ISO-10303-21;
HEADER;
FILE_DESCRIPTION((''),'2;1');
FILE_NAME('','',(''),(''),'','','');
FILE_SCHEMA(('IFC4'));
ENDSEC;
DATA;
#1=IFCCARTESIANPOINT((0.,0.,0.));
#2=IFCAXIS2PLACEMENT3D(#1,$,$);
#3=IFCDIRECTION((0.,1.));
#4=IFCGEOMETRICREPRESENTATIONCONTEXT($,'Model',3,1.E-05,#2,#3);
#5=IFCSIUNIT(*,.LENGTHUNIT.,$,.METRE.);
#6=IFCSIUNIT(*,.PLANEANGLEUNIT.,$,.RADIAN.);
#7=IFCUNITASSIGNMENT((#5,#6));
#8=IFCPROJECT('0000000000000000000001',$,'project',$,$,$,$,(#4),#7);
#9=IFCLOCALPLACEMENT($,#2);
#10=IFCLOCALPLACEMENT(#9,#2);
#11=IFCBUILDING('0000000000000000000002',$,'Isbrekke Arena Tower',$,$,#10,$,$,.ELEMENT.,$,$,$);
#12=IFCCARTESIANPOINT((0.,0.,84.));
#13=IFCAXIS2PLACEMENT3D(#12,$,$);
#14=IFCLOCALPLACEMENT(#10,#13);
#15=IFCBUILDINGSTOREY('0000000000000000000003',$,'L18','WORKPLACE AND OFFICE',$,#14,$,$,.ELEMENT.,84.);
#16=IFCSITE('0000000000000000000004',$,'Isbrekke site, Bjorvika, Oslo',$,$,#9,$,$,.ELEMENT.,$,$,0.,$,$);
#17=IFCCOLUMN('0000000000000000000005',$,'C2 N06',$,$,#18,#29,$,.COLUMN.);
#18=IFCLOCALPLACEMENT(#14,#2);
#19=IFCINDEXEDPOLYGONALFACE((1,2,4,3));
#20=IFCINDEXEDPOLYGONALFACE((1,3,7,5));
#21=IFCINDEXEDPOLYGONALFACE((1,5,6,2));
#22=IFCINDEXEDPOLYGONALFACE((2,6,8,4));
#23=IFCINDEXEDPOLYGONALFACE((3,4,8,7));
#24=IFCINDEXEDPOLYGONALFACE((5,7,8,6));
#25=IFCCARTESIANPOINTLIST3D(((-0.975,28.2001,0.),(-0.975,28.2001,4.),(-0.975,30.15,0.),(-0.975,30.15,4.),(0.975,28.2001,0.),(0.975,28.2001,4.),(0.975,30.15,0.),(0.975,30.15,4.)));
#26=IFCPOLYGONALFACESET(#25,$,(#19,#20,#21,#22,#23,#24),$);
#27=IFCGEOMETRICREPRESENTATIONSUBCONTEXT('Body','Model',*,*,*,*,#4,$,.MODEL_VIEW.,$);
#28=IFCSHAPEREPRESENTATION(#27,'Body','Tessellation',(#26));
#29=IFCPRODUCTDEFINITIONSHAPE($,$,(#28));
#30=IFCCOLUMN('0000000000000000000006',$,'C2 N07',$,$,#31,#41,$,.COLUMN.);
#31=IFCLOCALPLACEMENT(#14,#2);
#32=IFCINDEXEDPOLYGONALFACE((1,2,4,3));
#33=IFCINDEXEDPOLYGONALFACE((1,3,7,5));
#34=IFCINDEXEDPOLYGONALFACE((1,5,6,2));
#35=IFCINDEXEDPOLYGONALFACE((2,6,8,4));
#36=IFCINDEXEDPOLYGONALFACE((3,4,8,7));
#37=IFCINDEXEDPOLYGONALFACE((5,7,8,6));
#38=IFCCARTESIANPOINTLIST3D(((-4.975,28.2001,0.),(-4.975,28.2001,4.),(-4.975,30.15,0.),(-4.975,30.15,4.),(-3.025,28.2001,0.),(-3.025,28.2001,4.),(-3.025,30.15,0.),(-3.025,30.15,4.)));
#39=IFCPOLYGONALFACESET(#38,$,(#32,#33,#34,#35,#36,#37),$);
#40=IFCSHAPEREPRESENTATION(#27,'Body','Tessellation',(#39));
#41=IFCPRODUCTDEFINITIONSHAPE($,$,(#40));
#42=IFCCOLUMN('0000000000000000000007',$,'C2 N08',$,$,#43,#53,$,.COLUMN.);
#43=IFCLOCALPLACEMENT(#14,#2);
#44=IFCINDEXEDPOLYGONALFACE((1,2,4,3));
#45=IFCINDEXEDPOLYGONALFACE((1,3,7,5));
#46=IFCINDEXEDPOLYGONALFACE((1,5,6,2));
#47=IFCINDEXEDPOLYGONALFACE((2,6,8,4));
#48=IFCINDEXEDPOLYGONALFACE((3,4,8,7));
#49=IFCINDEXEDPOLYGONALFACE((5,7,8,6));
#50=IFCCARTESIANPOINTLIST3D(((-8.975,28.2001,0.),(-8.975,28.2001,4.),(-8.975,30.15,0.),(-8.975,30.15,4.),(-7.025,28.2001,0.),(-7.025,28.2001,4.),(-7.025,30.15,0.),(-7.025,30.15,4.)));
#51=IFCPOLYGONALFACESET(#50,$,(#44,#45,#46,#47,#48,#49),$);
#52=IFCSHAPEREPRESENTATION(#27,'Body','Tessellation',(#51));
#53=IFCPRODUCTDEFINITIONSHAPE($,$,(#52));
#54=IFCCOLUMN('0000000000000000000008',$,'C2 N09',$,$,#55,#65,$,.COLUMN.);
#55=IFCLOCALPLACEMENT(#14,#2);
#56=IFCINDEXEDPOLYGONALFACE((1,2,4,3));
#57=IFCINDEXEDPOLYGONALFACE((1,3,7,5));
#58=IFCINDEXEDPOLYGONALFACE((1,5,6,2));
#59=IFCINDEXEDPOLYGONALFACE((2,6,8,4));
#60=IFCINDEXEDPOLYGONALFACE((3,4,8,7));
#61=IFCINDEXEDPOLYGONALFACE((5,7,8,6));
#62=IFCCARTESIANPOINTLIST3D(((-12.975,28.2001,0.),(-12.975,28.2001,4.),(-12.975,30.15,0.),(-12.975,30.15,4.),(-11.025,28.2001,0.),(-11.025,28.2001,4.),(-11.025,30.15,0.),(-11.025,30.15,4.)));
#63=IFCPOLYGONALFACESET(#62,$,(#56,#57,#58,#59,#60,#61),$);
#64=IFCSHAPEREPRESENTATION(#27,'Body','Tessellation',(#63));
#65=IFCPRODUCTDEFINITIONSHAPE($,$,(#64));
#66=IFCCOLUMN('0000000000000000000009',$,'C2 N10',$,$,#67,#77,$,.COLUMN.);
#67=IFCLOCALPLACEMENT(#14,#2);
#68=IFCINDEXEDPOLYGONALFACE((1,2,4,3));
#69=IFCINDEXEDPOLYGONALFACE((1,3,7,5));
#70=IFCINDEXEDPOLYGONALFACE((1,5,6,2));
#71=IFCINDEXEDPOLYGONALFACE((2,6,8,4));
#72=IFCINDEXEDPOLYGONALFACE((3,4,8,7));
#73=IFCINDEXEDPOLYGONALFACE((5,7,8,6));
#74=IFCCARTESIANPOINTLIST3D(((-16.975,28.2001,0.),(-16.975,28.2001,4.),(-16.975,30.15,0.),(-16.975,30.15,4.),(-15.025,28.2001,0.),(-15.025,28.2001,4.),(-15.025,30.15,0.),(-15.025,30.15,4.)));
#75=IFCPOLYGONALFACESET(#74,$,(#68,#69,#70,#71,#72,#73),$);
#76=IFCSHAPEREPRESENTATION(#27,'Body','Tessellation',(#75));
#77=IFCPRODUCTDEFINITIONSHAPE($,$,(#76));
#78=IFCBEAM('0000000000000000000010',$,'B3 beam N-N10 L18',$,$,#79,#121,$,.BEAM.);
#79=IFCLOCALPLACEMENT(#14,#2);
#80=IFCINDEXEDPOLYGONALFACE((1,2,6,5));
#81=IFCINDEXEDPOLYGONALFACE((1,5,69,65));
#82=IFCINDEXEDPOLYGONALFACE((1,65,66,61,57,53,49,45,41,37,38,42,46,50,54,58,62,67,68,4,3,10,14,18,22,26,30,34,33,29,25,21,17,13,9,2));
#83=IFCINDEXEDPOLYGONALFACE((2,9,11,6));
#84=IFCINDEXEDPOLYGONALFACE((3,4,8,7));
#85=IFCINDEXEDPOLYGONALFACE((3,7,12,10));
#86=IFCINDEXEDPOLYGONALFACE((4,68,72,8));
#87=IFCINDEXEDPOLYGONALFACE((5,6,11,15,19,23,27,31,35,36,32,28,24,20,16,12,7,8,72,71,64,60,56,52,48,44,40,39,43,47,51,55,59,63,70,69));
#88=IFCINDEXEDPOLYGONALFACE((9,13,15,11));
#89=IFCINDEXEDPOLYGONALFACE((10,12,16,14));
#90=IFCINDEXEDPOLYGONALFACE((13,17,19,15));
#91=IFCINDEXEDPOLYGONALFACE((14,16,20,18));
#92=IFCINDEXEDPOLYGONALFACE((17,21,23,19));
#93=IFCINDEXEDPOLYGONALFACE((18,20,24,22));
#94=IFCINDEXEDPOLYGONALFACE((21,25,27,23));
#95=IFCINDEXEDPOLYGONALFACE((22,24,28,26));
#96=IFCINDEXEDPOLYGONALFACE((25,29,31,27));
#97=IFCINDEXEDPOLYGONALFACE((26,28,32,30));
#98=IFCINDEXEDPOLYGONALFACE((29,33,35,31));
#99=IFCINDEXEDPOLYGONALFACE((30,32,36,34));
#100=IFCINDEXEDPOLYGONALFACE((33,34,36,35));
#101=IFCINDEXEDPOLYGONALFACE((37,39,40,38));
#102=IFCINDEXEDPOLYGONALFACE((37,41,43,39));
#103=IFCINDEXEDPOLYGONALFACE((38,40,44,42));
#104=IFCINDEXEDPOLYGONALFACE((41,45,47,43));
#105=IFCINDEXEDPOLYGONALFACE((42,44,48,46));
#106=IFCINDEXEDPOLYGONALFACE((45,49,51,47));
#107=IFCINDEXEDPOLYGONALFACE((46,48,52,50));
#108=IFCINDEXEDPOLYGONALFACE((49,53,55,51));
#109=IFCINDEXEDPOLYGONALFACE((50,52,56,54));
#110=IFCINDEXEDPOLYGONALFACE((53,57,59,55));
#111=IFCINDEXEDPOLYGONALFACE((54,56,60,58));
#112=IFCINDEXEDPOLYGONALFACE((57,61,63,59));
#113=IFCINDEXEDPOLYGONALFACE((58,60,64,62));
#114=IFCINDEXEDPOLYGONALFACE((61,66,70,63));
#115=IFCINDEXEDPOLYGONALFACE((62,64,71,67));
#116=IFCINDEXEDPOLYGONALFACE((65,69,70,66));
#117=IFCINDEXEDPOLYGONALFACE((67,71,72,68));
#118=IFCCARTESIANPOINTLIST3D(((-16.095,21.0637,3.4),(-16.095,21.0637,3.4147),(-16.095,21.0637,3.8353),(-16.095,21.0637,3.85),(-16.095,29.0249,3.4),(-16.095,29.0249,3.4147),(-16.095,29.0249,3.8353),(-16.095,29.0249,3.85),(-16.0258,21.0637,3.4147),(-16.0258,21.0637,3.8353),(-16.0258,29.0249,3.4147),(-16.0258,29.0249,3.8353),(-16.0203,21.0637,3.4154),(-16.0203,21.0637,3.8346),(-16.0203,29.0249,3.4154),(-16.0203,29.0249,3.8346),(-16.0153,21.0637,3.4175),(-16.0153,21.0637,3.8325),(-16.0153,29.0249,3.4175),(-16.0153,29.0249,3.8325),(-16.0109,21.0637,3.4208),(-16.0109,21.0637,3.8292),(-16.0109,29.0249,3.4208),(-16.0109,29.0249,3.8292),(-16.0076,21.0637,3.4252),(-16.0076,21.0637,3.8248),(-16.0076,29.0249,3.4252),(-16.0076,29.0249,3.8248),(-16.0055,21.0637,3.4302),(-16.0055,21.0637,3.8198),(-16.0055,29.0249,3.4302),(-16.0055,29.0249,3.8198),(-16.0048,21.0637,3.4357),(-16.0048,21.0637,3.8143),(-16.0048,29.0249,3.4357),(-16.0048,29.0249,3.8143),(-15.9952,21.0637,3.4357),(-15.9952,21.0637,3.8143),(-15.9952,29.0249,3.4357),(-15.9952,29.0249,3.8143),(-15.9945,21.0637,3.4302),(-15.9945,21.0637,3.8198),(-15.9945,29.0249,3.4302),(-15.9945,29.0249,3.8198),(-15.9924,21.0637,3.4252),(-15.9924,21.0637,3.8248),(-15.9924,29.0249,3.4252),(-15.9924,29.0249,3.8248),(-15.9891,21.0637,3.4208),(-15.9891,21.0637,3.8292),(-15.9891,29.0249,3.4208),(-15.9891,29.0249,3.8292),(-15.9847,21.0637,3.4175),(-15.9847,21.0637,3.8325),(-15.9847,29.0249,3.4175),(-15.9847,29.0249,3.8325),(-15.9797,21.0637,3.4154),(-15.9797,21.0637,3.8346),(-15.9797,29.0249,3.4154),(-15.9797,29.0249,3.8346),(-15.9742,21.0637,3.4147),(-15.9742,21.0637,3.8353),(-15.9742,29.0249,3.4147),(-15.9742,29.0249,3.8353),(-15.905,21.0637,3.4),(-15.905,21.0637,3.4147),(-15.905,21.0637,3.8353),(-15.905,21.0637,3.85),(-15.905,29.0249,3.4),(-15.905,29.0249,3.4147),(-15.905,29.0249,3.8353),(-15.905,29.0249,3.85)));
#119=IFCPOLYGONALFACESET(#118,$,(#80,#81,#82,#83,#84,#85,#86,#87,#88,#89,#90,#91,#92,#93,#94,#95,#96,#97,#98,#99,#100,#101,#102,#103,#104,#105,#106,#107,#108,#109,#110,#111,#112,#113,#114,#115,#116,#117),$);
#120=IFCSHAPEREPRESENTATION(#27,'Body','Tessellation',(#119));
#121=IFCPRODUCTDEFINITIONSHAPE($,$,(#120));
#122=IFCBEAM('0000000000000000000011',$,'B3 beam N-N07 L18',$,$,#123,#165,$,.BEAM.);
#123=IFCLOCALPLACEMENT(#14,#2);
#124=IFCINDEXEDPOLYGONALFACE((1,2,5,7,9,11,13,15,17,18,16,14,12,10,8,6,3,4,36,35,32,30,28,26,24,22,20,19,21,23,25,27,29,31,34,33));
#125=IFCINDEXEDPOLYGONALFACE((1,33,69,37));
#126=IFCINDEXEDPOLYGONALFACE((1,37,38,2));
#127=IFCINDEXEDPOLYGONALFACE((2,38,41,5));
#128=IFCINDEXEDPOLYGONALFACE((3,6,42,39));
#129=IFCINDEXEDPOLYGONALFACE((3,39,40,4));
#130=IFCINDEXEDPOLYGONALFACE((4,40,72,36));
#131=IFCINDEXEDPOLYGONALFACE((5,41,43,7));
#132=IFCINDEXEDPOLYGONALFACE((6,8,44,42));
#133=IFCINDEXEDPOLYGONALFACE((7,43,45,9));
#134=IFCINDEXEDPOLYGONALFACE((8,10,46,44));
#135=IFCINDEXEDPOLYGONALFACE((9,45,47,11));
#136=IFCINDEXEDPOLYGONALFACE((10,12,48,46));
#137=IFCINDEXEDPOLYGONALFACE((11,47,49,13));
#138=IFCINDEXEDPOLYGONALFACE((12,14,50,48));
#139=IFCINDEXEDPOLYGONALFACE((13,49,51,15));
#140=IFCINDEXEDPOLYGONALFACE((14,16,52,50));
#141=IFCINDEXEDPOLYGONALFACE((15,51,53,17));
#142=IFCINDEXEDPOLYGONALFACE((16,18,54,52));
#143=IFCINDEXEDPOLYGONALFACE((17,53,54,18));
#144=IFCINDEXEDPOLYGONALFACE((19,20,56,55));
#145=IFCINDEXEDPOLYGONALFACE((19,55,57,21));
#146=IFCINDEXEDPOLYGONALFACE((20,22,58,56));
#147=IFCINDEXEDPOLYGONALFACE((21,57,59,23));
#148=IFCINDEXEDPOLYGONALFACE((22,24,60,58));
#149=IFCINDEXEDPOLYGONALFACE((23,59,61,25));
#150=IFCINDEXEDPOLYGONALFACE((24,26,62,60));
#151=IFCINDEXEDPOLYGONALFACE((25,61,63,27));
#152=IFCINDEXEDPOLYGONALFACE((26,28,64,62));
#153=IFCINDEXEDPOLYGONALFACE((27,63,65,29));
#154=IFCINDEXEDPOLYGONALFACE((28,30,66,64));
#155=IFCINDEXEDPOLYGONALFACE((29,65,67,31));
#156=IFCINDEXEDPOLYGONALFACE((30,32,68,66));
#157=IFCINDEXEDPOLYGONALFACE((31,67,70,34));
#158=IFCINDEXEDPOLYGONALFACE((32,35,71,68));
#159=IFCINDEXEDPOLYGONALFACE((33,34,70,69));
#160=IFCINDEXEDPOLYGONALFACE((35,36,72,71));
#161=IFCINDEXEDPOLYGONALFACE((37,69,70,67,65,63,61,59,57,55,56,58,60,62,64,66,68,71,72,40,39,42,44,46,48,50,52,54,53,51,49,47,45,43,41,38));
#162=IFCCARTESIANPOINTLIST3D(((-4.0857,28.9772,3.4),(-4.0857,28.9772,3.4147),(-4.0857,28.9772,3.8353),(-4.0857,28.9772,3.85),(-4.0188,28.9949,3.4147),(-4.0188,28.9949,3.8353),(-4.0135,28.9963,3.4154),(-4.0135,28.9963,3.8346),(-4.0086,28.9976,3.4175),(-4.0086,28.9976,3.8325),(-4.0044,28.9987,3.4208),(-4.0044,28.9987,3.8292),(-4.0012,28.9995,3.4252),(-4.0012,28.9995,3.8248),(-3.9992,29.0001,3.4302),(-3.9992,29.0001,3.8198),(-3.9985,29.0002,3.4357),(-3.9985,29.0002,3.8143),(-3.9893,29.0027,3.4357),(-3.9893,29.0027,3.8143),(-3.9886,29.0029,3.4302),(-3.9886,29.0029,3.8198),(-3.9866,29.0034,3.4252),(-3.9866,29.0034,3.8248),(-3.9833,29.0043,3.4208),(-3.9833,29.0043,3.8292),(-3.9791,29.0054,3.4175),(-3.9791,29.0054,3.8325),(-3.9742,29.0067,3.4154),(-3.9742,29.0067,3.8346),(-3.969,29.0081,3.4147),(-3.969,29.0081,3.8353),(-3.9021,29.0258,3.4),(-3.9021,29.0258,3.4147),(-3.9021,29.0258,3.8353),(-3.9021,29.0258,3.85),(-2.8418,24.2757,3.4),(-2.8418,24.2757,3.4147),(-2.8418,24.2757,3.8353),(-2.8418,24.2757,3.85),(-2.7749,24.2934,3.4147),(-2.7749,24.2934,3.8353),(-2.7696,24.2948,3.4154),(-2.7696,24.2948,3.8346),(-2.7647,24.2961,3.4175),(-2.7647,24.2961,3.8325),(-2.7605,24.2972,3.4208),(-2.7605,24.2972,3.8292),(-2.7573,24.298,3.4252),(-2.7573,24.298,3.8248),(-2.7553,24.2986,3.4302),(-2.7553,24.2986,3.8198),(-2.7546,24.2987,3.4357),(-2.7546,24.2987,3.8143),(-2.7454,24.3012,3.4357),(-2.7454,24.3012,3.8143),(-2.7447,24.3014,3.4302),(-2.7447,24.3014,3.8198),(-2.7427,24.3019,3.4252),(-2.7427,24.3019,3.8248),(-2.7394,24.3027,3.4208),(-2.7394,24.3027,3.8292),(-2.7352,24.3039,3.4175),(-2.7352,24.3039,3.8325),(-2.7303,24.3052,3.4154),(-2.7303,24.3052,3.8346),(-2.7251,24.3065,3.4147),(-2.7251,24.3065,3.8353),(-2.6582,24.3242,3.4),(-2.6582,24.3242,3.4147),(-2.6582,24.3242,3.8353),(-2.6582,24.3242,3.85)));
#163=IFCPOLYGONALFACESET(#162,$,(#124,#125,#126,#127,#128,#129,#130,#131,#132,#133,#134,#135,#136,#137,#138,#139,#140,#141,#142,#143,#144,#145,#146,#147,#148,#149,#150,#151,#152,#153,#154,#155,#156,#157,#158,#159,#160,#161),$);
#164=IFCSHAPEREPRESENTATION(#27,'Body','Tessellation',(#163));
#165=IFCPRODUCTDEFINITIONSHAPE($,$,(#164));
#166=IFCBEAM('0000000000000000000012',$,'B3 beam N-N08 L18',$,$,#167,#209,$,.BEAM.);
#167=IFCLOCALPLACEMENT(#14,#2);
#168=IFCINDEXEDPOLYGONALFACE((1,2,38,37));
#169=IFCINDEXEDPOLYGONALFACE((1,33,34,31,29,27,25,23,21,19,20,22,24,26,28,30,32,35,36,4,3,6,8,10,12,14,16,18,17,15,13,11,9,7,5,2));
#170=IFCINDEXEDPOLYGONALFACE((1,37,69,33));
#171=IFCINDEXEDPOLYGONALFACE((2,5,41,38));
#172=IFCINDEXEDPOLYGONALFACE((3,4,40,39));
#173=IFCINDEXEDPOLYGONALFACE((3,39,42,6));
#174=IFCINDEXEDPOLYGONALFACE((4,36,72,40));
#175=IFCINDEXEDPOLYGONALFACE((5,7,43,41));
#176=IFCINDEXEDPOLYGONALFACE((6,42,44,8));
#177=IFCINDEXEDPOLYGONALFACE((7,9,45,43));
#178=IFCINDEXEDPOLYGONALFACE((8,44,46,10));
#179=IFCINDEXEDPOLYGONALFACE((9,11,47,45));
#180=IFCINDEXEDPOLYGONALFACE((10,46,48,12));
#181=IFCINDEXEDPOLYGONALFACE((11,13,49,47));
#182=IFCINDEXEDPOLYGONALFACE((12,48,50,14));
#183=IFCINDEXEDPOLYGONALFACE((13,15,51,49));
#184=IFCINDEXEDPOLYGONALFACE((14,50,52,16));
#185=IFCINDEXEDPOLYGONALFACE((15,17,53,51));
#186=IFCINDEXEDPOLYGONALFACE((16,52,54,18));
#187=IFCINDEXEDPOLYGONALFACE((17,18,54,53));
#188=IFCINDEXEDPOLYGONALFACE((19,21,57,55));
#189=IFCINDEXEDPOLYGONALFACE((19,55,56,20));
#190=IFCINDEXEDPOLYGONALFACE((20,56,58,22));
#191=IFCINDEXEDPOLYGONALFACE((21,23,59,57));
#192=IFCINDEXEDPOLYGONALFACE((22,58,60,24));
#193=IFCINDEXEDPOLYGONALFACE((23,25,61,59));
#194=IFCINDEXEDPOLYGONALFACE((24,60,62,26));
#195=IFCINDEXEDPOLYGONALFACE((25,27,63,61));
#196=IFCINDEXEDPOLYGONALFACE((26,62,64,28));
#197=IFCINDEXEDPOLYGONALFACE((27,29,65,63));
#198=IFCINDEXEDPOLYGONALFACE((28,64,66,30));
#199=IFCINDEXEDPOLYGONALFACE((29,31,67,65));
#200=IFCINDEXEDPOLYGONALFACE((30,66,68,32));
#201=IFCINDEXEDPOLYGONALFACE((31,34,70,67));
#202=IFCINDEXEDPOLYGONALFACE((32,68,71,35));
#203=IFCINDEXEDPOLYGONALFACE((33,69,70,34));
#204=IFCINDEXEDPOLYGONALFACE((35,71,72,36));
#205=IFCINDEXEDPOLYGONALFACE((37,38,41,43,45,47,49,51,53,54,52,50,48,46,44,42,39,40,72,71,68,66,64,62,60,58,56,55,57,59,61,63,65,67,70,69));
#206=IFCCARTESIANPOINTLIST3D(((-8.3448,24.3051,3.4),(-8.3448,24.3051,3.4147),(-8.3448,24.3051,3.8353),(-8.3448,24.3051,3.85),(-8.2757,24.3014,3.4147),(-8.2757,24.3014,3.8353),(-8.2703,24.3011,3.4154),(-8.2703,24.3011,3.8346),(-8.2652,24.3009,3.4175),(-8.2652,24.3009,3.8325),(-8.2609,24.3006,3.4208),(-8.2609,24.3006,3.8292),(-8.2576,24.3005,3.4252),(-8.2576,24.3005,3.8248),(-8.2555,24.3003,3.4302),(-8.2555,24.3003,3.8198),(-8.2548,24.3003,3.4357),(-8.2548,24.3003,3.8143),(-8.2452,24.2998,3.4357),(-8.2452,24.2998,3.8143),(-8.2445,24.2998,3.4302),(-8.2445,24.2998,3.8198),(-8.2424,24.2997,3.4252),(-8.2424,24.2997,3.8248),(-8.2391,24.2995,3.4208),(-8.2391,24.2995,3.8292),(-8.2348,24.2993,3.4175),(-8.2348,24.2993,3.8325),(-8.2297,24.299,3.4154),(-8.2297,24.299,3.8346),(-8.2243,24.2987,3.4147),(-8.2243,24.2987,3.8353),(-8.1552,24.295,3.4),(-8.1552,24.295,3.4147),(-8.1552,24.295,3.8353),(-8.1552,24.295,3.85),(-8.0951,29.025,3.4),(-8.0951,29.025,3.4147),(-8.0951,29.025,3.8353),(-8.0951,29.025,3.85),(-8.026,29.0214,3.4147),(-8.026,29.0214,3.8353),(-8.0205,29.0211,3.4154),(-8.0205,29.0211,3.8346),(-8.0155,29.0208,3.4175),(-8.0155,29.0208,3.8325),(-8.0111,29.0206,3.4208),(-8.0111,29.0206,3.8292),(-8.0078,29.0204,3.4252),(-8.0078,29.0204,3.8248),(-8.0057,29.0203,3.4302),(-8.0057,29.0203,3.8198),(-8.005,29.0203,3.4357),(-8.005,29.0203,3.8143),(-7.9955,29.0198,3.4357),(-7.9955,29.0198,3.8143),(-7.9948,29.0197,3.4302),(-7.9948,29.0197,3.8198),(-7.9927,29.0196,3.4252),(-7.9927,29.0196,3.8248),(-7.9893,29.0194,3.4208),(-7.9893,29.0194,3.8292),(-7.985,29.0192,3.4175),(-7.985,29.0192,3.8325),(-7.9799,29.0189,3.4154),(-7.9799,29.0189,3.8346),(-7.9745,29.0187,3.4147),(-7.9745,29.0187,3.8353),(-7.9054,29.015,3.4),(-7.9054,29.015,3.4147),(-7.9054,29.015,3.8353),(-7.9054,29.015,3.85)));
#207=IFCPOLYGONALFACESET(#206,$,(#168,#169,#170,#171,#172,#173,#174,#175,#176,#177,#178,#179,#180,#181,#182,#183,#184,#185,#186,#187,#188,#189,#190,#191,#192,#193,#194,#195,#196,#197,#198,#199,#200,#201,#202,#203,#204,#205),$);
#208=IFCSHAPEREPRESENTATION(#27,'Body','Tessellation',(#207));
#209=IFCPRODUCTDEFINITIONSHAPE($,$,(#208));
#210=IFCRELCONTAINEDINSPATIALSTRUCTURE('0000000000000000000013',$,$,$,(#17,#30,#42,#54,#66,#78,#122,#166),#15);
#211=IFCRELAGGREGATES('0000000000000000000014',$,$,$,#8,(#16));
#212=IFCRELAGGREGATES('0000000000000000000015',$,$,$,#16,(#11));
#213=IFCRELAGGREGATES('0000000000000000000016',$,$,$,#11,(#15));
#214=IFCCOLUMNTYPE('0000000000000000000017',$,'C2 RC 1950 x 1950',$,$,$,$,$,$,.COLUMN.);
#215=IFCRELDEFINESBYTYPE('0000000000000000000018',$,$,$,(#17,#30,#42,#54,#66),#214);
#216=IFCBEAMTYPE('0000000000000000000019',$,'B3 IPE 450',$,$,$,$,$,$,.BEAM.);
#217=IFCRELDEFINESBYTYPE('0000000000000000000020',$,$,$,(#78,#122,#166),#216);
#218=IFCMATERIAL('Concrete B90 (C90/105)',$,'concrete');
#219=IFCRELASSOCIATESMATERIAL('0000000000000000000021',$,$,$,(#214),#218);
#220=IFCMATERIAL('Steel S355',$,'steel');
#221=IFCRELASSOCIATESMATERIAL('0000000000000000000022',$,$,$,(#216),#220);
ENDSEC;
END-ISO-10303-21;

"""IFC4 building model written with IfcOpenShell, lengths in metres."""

from ifc_helpers import new_model, si_unit, direction, frame, origin, origin_2d, place, context, subcontext, project, spatial, rectangle, i_section, extrude, material, material_profile, profile_set, type_object, element, save


model = new_model("IFC4")

# Units and contexts
model_context = context("Model", 3, precision=1e-05, world=origin(), true_north=direction((0.0, 1.0)))
body_context = subcontext(model_context, "Body", "Model", "MODEL_VIEW")
ifc_project = project(units=[si_unit("LENGTHUNIT", "METRE"), si_unit("PLANEANGLEUNIT", "RADIAN")], contexts=[model_context])

# Site, building, storey
site_placement = place(None, origin())
site = spatial("IfcSite", under=ifc_project, at=site_placement, Name="Isbrekke site, Bjorvika, Oslo", CompositionType="ELEMENT", RefElevation=0.0)
building_placement = place(site_placement, origin())
building = spatial("IfcBuilding", under=site, at=building_placement, Name="Isbrekke Arena Tower", CompositionType="ELEMENT")
storey_placement = place(building_placement, frame((0.0, 0.0, 84.0)))
storey = spatial("IfcBuildingStorey", under=building, at=storey_placement, Name="L18", Description="WORKPLACE AND OFFICE", CompositionType="ELEMENT", Elevation=84.0)

# Columns
ifc_material_1 = material(Name="Concrete B90 (C90/105)", Category="concrete")
ifc_material_profile_1 = material_profile(ifc_material_1, rectangle(XDim=1.95, YDim=1.95, at=origin_2d()), Name="RC 1950x1950")
ifc_profile_set_1 = profile_set([ifc_material_profile_1], Name="Concrete B90 (C90/105)")
column_type = type_object("IfcColumnType", Name="C2 RC 1950 x 1950", PredefinedType="COLUMN", material=ifc_profile_set_1)
for number, where, z_axis, x_axis, name in (
    (1, (0.0, 29.175, 0.0), (0.0, 0.0, 1.0), (-1.0, 0.0, 0.0), "C2 N06"),
    (2, (-4.0, 29.175, 0.0), (0.0, 0.0, 1.0), (-1.0, 0.0, 0.0), "C2 N07"),
    (3, (-8.0, 29.175, 0.0), (0.0, 0.0, 1.0), (-1.0, 0.0, 0.0), "C2 N08"),
    (4, (-12.0, 29.175, 0.0), (0.0, 0.0, 1.0), (-1.0, 0.0, 0.0), "C2 N09"),
    (5, (-16.0, 29.175, 0.0), (0.0, 0.0, 1.0), (-1.0, 0.0, 0.0), "C2 N10"),
):
    element("IfcColumn", number, at=place(storey_placement, frame(where, z_axis=z_axis, x_axis=x_axis)), inside=storey, type_object=column_type, Name=name, PredefinedType="COLUMN", context=body_context, shape_type="SweptSolid", body=[
        extrude(rectangle(XDim=1.95, YDim=1.95, at=origin_2d()), origin(), (0.0, 0.0, 1.0), 4.0),
    ])

# Beams
ifc_material_2 = material(Name="Steel S355", Category="steel")
ifc_material_profile_2 = material_profile(ifc_material_2, i_section(OverallWidth=0.1899, OverallDepth=0.45, WebThickness=0.0095, FlangeThickness=0.0146, FilletRadius=0.021, at=origin_2d()), Name="IPE 450")
ifc_profile_set_2 = profile_set([ifc_material_profile_2], Name="Steel S355")
beam_type_1 = type_object("IfcBeamType", Name="B3 IPE 450", PredefinedType="BEAM", material=ifc_profile_set_2)
beam_1_placement = place(storey_placement, frame((-16.0, 29.0249, 3.625), z_axis=(0.0, -1.0, 0.0), x_axis=(1.0, 0.0, 0.0)))
element("IfcBeam", 6, at=beam_1_placement, inside=storey, type_object=beam_type_1, Name="B3 beam N-N10 L18", PredefinedType="BEAM", context=body_context, shape_type="SweptSolid", body=[
    extrude(i_section(OverallWidth=0.1899, OverallDepth=0.45, WebThickness=0.0095, FlangeThickness=0.0146, FilletRadius=0.021, at=origin_2d()), origin(), (0.0, 0.0, 1.0), 7.9612),
])
beam_2_placement = place(storey_placement, frame((-3.9939, 29.0015, 3.625), z_axis=(0.255778, -0.966736, 0.0), x_axis=(0.966736, 0.255778, 0.0)))
element("IfcBeam", 7, at=beam_2_placement, inside=storey, type_object=beam_type_1, Name="B3 beam N-N07 L18", PredefinedType="BEAM", context=body_context, shape_type="SweptSolid", body=[
    extrude(i_section(OverallWidth=0.1899, OverallDepth=0.45, WebThickness=0.0095, FlangeThickness=0.0146, FilletRadius=0.021, at=origin_2d()), origin(), (0.0, 0.0, 1.0), 4.8633),
])
beam_3_placement = place(storey_placement, frame((-8.0002, 29.02, 3.625), z_axis=(-0.052841, -0.998603, 0.0), x_axis=(0.998603, -0.052841, 0.0)))
element("IfcBeam", 8, at=beam_3_placement, inside=storey, type_object=beam_type_1, Name="B3 beam N-N08 L18", PredefinedType="BEAM", context=body_context, shape_type="SweptSolid", body=[
    extrude(i_section(OverallWidth=0.1899, OverallDepth=0.45, WebThickness=0.0095, FlangeThickness=0.0146, FilletRadius=0.021, at=origin_2d()), origin(), (0.0, 0.0, 1.0), 4.7266),
])

save(model, "model.ifc")
